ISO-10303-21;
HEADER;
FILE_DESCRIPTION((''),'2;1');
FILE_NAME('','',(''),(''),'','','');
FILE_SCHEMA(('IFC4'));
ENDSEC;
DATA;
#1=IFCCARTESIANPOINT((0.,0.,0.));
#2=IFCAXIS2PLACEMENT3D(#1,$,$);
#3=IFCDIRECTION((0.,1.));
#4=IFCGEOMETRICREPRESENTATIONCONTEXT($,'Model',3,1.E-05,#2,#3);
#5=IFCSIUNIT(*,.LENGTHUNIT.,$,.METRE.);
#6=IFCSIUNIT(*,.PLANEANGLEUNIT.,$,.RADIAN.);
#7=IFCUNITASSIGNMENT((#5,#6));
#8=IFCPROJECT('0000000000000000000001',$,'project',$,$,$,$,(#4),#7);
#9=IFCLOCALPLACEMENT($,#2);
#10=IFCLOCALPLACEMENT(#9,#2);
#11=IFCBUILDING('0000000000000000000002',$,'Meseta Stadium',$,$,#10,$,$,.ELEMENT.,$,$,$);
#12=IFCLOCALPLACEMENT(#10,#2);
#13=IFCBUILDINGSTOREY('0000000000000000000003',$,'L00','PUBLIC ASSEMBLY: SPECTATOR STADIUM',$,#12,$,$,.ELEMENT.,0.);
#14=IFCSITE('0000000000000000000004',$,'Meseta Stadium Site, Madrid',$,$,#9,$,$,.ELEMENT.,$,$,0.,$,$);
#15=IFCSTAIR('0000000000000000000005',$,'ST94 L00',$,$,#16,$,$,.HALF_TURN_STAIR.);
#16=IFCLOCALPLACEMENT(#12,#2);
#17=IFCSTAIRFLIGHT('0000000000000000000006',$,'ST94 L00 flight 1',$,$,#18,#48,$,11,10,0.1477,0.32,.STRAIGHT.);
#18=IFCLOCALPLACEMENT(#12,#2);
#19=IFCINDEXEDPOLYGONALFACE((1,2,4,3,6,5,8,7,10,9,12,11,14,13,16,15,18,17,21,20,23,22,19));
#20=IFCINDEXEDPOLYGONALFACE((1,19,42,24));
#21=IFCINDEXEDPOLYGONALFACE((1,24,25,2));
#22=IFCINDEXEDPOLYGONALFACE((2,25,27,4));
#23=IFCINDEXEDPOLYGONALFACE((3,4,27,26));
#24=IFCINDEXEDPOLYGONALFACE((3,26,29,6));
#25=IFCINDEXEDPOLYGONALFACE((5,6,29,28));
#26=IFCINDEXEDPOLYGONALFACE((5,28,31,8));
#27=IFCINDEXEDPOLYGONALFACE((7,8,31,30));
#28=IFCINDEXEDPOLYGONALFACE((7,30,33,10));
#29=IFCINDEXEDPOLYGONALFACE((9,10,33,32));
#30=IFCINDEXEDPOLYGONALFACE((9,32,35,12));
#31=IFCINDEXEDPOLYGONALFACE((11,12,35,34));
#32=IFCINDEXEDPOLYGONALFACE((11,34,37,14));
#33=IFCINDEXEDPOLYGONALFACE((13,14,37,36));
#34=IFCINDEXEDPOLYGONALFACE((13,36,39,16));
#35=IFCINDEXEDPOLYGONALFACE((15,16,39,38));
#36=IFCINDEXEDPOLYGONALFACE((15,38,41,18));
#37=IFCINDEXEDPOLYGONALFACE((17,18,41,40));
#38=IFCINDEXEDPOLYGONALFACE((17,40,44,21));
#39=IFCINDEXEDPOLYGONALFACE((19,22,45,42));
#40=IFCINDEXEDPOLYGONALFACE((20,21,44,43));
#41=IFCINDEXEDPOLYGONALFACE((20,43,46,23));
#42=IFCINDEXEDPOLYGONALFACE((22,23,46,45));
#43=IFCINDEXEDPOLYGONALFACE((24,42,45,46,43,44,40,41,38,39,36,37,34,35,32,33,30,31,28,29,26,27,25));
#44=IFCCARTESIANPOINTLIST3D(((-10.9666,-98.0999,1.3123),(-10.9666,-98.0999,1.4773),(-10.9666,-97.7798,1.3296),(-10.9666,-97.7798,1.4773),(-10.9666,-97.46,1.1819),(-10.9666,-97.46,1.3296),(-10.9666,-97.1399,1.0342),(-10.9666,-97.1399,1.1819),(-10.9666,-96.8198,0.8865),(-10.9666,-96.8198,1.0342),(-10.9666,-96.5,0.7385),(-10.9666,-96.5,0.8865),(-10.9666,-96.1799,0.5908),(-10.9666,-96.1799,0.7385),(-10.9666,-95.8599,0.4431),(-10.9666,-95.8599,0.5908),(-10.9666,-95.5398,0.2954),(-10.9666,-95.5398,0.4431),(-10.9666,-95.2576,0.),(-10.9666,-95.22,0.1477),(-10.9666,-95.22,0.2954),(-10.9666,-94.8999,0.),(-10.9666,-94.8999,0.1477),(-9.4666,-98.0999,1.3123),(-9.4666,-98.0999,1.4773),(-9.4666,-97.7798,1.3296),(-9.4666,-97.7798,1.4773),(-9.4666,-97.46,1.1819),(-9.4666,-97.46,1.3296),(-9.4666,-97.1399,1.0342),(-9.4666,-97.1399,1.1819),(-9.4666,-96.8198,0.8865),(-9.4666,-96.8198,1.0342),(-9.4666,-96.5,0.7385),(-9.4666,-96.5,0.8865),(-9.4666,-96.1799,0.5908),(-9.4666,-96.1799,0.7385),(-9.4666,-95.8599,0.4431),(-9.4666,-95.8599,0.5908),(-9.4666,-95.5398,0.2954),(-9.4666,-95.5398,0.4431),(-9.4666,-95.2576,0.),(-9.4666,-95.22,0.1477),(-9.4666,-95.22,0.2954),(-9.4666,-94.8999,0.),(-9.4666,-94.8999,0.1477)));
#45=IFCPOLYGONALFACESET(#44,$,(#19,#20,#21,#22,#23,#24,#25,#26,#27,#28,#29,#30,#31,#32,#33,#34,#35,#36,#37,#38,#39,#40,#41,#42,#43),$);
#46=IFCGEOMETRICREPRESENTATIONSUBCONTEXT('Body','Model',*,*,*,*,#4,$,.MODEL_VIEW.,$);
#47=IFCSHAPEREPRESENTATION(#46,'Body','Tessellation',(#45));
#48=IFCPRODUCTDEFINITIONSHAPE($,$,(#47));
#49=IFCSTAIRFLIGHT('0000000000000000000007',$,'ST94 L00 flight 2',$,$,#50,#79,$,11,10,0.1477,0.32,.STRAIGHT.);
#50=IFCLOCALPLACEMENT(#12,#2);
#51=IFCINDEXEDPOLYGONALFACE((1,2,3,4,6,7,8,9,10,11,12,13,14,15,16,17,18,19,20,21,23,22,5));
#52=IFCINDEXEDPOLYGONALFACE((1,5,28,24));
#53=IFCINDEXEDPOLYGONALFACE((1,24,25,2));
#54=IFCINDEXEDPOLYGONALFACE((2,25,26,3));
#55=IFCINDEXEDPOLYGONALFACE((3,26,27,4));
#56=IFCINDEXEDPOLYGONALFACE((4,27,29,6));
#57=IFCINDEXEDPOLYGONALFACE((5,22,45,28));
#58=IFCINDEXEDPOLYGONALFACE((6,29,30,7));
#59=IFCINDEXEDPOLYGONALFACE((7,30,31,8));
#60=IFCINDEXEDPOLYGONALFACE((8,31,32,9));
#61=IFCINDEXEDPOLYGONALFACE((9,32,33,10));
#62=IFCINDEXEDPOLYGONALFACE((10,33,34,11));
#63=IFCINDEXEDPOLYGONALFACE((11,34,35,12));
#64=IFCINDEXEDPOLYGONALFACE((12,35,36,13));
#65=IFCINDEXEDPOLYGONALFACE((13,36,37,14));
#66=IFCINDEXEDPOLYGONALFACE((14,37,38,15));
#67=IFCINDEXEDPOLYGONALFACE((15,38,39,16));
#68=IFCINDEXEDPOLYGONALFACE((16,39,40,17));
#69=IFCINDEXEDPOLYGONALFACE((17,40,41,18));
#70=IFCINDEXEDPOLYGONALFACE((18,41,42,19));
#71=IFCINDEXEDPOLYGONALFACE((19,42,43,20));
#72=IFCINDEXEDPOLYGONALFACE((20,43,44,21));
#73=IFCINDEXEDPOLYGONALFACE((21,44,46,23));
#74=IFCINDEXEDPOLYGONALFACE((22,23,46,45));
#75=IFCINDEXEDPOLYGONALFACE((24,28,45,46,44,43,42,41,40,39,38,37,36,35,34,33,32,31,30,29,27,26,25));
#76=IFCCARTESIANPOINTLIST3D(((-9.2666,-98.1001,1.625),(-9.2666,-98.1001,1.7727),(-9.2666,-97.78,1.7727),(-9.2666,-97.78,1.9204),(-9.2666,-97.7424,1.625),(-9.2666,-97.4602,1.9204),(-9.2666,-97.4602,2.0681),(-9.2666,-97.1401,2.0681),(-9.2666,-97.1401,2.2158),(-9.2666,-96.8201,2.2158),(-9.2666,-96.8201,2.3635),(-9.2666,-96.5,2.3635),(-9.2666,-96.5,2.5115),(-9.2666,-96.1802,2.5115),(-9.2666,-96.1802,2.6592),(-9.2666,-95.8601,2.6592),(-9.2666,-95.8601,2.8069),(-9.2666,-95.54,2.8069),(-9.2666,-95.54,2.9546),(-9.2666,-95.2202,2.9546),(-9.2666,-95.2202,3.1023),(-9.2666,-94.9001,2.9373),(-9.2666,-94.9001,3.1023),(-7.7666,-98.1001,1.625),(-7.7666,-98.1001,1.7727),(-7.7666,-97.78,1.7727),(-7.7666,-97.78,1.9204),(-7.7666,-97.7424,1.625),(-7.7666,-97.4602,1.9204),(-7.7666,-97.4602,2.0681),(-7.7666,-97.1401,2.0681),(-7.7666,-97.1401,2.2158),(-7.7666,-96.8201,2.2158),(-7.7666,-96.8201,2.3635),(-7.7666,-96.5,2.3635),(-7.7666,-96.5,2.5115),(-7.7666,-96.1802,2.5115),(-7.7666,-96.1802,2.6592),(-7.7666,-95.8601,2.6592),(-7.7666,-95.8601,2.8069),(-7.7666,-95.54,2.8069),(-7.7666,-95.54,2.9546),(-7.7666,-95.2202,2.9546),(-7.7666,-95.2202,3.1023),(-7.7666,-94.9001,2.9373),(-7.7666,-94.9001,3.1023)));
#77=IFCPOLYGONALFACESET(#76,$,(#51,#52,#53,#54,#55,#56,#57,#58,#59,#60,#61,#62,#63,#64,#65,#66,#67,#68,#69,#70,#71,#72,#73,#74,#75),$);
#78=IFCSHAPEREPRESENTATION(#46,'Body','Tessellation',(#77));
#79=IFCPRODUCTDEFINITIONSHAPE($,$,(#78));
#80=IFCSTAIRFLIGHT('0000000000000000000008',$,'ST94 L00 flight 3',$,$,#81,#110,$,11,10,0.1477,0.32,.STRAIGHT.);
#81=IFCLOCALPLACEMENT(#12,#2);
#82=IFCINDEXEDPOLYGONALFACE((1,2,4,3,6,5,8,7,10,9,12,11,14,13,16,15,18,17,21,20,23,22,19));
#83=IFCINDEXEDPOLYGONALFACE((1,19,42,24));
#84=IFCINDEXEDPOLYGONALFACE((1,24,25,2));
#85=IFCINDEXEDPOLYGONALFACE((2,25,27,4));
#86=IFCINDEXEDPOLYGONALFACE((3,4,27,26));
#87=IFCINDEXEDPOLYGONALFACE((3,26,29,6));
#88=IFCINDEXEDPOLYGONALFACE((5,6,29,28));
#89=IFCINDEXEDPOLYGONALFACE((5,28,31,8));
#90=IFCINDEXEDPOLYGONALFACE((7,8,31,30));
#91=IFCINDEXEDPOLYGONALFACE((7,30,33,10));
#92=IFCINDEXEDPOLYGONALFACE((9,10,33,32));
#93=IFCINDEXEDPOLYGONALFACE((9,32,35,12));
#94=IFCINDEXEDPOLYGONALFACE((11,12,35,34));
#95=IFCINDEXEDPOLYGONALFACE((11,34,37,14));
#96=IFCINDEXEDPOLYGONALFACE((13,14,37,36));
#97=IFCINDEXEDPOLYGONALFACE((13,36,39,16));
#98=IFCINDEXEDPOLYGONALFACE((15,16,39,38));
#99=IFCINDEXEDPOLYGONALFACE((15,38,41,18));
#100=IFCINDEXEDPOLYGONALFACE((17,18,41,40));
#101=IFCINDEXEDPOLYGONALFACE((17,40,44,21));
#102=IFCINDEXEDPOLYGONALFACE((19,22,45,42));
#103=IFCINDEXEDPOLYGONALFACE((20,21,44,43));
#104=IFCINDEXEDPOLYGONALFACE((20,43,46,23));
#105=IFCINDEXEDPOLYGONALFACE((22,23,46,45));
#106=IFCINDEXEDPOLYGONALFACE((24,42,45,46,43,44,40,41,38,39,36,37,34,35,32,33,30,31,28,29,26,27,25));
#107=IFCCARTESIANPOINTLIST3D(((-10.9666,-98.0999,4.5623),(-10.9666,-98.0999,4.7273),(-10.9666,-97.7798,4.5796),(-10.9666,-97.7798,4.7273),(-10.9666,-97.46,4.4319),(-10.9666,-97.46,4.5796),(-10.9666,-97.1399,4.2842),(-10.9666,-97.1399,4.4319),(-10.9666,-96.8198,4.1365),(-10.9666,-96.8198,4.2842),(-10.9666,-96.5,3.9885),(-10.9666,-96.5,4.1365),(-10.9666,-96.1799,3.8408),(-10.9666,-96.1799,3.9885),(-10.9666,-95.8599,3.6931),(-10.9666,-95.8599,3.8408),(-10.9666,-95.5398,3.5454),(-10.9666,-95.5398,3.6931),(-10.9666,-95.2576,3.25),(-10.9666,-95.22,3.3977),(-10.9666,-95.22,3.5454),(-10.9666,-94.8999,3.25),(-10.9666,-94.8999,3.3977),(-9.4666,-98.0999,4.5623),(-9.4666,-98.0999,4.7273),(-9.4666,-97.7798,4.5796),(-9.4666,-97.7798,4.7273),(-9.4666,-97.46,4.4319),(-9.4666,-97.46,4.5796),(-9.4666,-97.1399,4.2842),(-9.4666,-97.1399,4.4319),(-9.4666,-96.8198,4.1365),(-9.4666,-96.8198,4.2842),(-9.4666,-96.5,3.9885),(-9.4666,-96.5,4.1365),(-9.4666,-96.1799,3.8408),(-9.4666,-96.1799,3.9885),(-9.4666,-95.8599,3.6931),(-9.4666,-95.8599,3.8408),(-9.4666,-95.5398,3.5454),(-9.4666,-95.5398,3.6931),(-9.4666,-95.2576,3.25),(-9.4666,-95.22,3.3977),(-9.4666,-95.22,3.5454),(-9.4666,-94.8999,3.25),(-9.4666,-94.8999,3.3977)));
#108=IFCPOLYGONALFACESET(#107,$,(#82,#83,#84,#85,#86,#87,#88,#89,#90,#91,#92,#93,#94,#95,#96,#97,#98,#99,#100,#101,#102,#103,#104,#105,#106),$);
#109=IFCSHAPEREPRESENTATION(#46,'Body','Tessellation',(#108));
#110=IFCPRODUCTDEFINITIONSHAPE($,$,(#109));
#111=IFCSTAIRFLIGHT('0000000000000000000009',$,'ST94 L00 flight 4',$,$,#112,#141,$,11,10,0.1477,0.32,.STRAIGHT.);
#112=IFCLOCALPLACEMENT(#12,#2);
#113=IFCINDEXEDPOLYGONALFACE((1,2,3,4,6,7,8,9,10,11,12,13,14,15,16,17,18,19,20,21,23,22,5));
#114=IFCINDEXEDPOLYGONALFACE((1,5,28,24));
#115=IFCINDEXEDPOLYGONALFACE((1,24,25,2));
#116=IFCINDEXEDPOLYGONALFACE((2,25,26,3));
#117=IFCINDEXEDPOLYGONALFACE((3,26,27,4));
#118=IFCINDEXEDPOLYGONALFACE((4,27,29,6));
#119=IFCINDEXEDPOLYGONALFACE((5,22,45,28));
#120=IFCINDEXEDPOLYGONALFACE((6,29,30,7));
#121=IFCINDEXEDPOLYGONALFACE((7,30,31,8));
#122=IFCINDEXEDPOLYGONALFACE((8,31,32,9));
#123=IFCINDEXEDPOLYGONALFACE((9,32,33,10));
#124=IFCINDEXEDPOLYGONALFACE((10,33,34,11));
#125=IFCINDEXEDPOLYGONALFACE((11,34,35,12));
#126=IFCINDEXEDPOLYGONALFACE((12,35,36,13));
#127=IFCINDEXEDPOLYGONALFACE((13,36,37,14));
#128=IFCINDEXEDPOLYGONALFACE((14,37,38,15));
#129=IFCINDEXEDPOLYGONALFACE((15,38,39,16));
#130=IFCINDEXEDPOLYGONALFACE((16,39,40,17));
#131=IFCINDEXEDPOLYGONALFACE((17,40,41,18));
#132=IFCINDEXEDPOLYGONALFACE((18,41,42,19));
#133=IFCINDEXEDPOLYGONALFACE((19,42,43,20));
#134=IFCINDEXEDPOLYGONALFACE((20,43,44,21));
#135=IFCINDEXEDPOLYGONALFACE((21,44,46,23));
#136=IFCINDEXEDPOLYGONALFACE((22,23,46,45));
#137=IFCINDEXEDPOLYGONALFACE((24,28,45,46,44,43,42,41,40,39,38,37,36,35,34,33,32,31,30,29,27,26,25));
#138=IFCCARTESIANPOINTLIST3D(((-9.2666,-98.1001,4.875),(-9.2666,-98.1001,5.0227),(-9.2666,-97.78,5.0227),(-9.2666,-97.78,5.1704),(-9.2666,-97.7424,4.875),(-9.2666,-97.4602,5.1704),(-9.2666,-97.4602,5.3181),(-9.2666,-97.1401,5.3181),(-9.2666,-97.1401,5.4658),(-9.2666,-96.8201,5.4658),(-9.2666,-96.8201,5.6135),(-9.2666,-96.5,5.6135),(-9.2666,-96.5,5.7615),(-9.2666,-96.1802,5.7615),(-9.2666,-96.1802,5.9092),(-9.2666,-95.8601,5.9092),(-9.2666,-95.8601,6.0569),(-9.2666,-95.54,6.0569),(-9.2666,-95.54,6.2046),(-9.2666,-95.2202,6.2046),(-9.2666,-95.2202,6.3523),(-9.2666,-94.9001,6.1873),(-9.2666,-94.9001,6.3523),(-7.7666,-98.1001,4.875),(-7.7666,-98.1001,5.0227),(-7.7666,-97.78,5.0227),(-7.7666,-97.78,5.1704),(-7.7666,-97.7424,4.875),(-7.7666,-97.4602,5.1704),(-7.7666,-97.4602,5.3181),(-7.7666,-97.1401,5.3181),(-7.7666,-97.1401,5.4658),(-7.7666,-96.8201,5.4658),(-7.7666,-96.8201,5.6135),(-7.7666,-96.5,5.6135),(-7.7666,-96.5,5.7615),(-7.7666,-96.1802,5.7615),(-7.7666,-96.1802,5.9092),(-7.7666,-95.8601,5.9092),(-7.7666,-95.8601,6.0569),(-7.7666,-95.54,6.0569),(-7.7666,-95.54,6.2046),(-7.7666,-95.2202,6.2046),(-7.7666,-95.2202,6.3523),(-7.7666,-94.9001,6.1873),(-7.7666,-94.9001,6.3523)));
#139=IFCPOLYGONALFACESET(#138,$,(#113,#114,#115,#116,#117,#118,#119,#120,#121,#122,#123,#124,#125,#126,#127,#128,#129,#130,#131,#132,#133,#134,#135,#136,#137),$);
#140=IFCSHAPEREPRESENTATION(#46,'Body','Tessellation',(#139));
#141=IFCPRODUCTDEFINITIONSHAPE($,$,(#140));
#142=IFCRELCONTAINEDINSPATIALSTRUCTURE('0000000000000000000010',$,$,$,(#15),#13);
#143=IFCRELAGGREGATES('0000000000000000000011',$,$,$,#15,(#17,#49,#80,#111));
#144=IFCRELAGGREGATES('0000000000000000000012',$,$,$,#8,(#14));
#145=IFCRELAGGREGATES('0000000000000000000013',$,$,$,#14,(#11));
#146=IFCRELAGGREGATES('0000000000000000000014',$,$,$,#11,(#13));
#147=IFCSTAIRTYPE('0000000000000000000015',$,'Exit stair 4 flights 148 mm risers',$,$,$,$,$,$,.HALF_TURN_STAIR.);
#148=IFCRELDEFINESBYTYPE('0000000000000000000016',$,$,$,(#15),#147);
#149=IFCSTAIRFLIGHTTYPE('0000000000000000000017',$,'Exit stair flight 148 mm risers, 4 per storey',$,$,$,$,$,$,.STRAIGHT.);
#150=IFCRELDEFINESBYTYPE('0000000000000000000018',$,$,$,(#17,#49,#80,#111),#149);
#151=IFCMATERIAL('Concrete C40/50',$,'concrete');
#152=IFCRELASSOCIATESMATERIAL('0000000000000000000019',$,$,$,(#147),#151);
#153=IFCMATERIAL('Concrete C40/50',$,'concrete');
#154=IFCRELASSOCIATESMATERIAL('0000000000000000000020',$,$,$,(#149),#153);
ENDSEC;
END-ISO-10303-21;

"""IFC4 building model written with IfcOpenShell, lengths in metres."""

from ifc_helpers import new_model, si_unit, direction, frame, origin, place, context, subcontext, project, spatial, polyline, outline, extrude, material, type_object, element, aggregate, save


model = new_model("IFC4")

# Units and contexts
model_context = context("Model", 3, precision=1e-05, world=origin(), true_north=direction((0.0, 1.0)))
body_context = subcontext(model_context, "Body", "Model", "MODEL_VIEW")
ifc_project = project(units=[si_unit("LENGTHUNIT", "METRE"), si_unit("PLANEANGLEUNIT", "RADIAN")], contexts=[model_context])

# Site, building, storey
site_placement = place(None, origin())
site = spatial("IfcSite", under=ifc_project, at=site_placement, Name="Meseta Stadium Site, Madrid", CompositionType="ELEMENT", RefElevation=0.0)
building_placement = place(site_placement, origin())
building = spatial("IfcBuilding", under=site, at=building_placement, Name="Meseta Stadium", CompositionType="ELEMENT")
storey_placement = place(building_placement, origin())
storey = spatial("IfcBuildingStorey", under=building, at=storey_placement, Name="L00", Description="PUBLIC ASSEMBLY: SPECTATOR STADIUM", CompositionType="ELEMENT", Elevation=0.0)

# Stair, stair flights
ifc_material_1 = material(Name="Concrete C40/50", Category="concrete")
stair_type = type_object("IfcStairType", Name="Exit stair 4 flights 148 mm risers", PredefinedType="HALF_TURN_STAIR", material=ifc_material_1)
ifc_material_2 = material(Name="Concrete C40/50", Category="concrete")
stair_flight_type = type_object("IfcStairFlightType", Name="Exit stair flight 148 mm risers, 4 per storey", PredefinedType="STRAIGHT", material=ifc_material_2)
stair_1_placement = place(storey_placement, origin())
stair_1 = element("IfcStair", 1, at=stair_1_placement, inside=storey, type_object=stair_type, Name="ST94 L00", PredefinedType="HALF_TURN_STAIR")
stair_flight_1_placement = place(storey_placement, frame((-10.2166, -94.8999, 0.0), z_axis=(0.0, 0.0, 1.0), x_axis=(0.0, -1.0, 0.0)))
stair_flight_1 = element("IfcStairFlight", 2, at=stair_flight_1_placement, type_object=stair_flight_type, Name="ST94 L00 flight 1", NumberOfRisers=11, NumberOfTreads=10, PredefinedType="STRAIGHT", RiserHeight=0.1477, TreadLength=0.32, context=body_context, shape_type="SweptSolid", body=[
    extrude(outline(polyline([(0.0, 0.0), (0.0, 0.1477), (0.3201, 0.1477), (0.3201, 0.2954), (0.6399, 0.2954), (0.6399, 0.4431), (0.96, 0.4431), (0.96, 0.5908), (1.28, 0.5908), (1.28, 0.7385), (1.6001, 0.7385), (1.6001, 0.8865), (1.9199, 0.8865), (1.9199, 1.0342), (2.24, 1.0342), (2.24, 1.1819), (2.5601, 1.1819), (2.5601, 1.3296), (2.8799, 1.3296), (2.8799, 1.4773), (3.2, 1.4773), (3.2, 1.3123), (0.3577, 0.0), (0.0, 0.0)])), frame((0.0, 0.75, 0.0), z_axis=(0.0, -1.0, 0.0), x_axis=(1.0, 0.0, 0.0)), (0.0, 0.0, 1.0), 1.5),
])
stair_flight_2_placement = place(storey_placement, frame((-8.5166, -98.1001, 1.625), z_axis=(0.0, 0.0, 1.0), x_axis=(0.0, 1.0, 0.0)))
stair_flight_2 = element("IfcStairFlight", 3, at=stair_flight_2_placement, type_object=stair_flight_type, Name="ST94 L00 flight 2", NumberOfRisers=11, NumberOfTreads=10, PredefinedType="STRAIGHT", RiserHeight=0.1477, TreadLength=0.32, context=body_context, shape_type="SweptSolid", body=[
    extrude(outline(polyline([(0.0, 0.0), (0.0, 0.1477), (0.3201, 0.1477), (0.3201, 0.2954), (0.6399, 0.2954), (0.6399, 0.4431), (0.96, 0.4431), (0.96, 0.5908), (1.28, 0.5908), (1.28, 0.7385), (1.6001, 0.7385), (1.6001, 0.8865), (1.9199, 0.8865), (1.9199, 1.0342), (2.24, 1.0342), (2.24, 1.1819), (2.5601, 1.1819), (2.5601, 1.3296), (2.8799, 1.3296), (2.8799, 1.4773), (3.2, 1.4773), (3.2, 1.3123), (0.3577, 0.0), (0.0, 0.0)])), frame((0.0, 0.75, 0.0), z_axis=(0.0, -1.0, 0.0), x_axis=(1.0, 0.0, 0.0)), (0.0, 0.0, 1.0), 1.5),
])
stair_flight_3_placement = place(storey_placement, frame((-10.2166, -94.8999, 3.25), z_axis=(0.0, 0.0, 1.0), x_axis=(0.0, -1.0, 0.0)))
stair_flight_3 = element("IfcStairFlight", 4, at=stair_flight_3_placement, type_object=stair_flight_type, Name="ST94 L00 flight 3", NumberOfRisers=11, NumberOfTreads=10, PredefinedType="STRAIGHT", RiserHeight=0.1477, TreadLength=0.32, context=body_context, shape_type="SweptSolid", body=[
    extrude(outline(polyline([(0.0, 0.0), (0.0, 0.1477), (0.3201, 0.1477), (0.3201, 0.2954), (0.6399, 0.2954), (0.6399, 0.4431), (0.96, 0.4431), (0.96, 0.5908), (1.28, 0.5908), (1.28, 0.7385), (1.6001, 0.7385), (1.6001, 0.8865), (1.9199, 0.8865), (1.9199, 1.0342), (2.24, 1.0342), (2.24, 1.1819), (2.5601, 1.1819), (2.5601, 1.3296), (2.8799, 1.3296), (2.8799, 1.4773), (3.2, 1.4773), (3.2, 1.3123), (0.3577, 0.0), (0.0, 0.0)])), frame((0.0, 0.75, 0.0), z_axis=(0.0, -1.0, 0.0), x_axis=(1.0, 0.0, 0.0)), (0.0, 0.0, 1.0), 1.5),
])
stair_flight_4_placement = place(storey_placement, frame((-8.5166, -98.1001, 4.875), z_axis=(0.0, 0.0, 1.0), x_axis=(0.0, 1.0, 0.0)))
stair_flight_4 = element("IfcStairFlight", 5, at=stair_flight_4_placement, type_object=stair_flight_type, Name="ST94 L00 flight 4", NumberOfRisers=11, NumberOfTreads=10, PredefinedType="STRAIGHT", RiserHeight=0.1477, TreadLength=0.32, context=body_context, shape_type="SweptSolid", body=[
    extrude(outline(polyline([(0.0, 0.0), (0.0, 0.1477), (0.3201, 0.1477), (0.3201, 0.2954), (0.6399, 0.2954), (0.6399, 0.4431), (0.96, 0.4431), (0.96, 0.5908), (1.28, 0.5908), (1.28, 0.7385), (1.6001, 0.7385), (1.6001, 0.8865), (1.9199, 0.8865), (1.9199, 1.0342), (2.24, 1.0342), (2.24, 1.1819), (2.5601, 1.1819), (2.5601, 1.3296), (2.8799, 1.3296), (2.8799, 1.4773), (3.2, 1.4773), (3.2, 1.3123), (0.3577, 0.0), (0.0, 0.0)])), frame((0.0, 0.75, 0.0), z_axis=(0.0, -1.0, 0.0), x_axis=(1.0, 0.0, 0.0)), (0.0, 0.0, 1.0), 1.5),
])
aggregate(stair_1, [stair_flight_1, stair_flight_2, stair_flight_3, stair_flight_4])

save(model, "model.ifc")
